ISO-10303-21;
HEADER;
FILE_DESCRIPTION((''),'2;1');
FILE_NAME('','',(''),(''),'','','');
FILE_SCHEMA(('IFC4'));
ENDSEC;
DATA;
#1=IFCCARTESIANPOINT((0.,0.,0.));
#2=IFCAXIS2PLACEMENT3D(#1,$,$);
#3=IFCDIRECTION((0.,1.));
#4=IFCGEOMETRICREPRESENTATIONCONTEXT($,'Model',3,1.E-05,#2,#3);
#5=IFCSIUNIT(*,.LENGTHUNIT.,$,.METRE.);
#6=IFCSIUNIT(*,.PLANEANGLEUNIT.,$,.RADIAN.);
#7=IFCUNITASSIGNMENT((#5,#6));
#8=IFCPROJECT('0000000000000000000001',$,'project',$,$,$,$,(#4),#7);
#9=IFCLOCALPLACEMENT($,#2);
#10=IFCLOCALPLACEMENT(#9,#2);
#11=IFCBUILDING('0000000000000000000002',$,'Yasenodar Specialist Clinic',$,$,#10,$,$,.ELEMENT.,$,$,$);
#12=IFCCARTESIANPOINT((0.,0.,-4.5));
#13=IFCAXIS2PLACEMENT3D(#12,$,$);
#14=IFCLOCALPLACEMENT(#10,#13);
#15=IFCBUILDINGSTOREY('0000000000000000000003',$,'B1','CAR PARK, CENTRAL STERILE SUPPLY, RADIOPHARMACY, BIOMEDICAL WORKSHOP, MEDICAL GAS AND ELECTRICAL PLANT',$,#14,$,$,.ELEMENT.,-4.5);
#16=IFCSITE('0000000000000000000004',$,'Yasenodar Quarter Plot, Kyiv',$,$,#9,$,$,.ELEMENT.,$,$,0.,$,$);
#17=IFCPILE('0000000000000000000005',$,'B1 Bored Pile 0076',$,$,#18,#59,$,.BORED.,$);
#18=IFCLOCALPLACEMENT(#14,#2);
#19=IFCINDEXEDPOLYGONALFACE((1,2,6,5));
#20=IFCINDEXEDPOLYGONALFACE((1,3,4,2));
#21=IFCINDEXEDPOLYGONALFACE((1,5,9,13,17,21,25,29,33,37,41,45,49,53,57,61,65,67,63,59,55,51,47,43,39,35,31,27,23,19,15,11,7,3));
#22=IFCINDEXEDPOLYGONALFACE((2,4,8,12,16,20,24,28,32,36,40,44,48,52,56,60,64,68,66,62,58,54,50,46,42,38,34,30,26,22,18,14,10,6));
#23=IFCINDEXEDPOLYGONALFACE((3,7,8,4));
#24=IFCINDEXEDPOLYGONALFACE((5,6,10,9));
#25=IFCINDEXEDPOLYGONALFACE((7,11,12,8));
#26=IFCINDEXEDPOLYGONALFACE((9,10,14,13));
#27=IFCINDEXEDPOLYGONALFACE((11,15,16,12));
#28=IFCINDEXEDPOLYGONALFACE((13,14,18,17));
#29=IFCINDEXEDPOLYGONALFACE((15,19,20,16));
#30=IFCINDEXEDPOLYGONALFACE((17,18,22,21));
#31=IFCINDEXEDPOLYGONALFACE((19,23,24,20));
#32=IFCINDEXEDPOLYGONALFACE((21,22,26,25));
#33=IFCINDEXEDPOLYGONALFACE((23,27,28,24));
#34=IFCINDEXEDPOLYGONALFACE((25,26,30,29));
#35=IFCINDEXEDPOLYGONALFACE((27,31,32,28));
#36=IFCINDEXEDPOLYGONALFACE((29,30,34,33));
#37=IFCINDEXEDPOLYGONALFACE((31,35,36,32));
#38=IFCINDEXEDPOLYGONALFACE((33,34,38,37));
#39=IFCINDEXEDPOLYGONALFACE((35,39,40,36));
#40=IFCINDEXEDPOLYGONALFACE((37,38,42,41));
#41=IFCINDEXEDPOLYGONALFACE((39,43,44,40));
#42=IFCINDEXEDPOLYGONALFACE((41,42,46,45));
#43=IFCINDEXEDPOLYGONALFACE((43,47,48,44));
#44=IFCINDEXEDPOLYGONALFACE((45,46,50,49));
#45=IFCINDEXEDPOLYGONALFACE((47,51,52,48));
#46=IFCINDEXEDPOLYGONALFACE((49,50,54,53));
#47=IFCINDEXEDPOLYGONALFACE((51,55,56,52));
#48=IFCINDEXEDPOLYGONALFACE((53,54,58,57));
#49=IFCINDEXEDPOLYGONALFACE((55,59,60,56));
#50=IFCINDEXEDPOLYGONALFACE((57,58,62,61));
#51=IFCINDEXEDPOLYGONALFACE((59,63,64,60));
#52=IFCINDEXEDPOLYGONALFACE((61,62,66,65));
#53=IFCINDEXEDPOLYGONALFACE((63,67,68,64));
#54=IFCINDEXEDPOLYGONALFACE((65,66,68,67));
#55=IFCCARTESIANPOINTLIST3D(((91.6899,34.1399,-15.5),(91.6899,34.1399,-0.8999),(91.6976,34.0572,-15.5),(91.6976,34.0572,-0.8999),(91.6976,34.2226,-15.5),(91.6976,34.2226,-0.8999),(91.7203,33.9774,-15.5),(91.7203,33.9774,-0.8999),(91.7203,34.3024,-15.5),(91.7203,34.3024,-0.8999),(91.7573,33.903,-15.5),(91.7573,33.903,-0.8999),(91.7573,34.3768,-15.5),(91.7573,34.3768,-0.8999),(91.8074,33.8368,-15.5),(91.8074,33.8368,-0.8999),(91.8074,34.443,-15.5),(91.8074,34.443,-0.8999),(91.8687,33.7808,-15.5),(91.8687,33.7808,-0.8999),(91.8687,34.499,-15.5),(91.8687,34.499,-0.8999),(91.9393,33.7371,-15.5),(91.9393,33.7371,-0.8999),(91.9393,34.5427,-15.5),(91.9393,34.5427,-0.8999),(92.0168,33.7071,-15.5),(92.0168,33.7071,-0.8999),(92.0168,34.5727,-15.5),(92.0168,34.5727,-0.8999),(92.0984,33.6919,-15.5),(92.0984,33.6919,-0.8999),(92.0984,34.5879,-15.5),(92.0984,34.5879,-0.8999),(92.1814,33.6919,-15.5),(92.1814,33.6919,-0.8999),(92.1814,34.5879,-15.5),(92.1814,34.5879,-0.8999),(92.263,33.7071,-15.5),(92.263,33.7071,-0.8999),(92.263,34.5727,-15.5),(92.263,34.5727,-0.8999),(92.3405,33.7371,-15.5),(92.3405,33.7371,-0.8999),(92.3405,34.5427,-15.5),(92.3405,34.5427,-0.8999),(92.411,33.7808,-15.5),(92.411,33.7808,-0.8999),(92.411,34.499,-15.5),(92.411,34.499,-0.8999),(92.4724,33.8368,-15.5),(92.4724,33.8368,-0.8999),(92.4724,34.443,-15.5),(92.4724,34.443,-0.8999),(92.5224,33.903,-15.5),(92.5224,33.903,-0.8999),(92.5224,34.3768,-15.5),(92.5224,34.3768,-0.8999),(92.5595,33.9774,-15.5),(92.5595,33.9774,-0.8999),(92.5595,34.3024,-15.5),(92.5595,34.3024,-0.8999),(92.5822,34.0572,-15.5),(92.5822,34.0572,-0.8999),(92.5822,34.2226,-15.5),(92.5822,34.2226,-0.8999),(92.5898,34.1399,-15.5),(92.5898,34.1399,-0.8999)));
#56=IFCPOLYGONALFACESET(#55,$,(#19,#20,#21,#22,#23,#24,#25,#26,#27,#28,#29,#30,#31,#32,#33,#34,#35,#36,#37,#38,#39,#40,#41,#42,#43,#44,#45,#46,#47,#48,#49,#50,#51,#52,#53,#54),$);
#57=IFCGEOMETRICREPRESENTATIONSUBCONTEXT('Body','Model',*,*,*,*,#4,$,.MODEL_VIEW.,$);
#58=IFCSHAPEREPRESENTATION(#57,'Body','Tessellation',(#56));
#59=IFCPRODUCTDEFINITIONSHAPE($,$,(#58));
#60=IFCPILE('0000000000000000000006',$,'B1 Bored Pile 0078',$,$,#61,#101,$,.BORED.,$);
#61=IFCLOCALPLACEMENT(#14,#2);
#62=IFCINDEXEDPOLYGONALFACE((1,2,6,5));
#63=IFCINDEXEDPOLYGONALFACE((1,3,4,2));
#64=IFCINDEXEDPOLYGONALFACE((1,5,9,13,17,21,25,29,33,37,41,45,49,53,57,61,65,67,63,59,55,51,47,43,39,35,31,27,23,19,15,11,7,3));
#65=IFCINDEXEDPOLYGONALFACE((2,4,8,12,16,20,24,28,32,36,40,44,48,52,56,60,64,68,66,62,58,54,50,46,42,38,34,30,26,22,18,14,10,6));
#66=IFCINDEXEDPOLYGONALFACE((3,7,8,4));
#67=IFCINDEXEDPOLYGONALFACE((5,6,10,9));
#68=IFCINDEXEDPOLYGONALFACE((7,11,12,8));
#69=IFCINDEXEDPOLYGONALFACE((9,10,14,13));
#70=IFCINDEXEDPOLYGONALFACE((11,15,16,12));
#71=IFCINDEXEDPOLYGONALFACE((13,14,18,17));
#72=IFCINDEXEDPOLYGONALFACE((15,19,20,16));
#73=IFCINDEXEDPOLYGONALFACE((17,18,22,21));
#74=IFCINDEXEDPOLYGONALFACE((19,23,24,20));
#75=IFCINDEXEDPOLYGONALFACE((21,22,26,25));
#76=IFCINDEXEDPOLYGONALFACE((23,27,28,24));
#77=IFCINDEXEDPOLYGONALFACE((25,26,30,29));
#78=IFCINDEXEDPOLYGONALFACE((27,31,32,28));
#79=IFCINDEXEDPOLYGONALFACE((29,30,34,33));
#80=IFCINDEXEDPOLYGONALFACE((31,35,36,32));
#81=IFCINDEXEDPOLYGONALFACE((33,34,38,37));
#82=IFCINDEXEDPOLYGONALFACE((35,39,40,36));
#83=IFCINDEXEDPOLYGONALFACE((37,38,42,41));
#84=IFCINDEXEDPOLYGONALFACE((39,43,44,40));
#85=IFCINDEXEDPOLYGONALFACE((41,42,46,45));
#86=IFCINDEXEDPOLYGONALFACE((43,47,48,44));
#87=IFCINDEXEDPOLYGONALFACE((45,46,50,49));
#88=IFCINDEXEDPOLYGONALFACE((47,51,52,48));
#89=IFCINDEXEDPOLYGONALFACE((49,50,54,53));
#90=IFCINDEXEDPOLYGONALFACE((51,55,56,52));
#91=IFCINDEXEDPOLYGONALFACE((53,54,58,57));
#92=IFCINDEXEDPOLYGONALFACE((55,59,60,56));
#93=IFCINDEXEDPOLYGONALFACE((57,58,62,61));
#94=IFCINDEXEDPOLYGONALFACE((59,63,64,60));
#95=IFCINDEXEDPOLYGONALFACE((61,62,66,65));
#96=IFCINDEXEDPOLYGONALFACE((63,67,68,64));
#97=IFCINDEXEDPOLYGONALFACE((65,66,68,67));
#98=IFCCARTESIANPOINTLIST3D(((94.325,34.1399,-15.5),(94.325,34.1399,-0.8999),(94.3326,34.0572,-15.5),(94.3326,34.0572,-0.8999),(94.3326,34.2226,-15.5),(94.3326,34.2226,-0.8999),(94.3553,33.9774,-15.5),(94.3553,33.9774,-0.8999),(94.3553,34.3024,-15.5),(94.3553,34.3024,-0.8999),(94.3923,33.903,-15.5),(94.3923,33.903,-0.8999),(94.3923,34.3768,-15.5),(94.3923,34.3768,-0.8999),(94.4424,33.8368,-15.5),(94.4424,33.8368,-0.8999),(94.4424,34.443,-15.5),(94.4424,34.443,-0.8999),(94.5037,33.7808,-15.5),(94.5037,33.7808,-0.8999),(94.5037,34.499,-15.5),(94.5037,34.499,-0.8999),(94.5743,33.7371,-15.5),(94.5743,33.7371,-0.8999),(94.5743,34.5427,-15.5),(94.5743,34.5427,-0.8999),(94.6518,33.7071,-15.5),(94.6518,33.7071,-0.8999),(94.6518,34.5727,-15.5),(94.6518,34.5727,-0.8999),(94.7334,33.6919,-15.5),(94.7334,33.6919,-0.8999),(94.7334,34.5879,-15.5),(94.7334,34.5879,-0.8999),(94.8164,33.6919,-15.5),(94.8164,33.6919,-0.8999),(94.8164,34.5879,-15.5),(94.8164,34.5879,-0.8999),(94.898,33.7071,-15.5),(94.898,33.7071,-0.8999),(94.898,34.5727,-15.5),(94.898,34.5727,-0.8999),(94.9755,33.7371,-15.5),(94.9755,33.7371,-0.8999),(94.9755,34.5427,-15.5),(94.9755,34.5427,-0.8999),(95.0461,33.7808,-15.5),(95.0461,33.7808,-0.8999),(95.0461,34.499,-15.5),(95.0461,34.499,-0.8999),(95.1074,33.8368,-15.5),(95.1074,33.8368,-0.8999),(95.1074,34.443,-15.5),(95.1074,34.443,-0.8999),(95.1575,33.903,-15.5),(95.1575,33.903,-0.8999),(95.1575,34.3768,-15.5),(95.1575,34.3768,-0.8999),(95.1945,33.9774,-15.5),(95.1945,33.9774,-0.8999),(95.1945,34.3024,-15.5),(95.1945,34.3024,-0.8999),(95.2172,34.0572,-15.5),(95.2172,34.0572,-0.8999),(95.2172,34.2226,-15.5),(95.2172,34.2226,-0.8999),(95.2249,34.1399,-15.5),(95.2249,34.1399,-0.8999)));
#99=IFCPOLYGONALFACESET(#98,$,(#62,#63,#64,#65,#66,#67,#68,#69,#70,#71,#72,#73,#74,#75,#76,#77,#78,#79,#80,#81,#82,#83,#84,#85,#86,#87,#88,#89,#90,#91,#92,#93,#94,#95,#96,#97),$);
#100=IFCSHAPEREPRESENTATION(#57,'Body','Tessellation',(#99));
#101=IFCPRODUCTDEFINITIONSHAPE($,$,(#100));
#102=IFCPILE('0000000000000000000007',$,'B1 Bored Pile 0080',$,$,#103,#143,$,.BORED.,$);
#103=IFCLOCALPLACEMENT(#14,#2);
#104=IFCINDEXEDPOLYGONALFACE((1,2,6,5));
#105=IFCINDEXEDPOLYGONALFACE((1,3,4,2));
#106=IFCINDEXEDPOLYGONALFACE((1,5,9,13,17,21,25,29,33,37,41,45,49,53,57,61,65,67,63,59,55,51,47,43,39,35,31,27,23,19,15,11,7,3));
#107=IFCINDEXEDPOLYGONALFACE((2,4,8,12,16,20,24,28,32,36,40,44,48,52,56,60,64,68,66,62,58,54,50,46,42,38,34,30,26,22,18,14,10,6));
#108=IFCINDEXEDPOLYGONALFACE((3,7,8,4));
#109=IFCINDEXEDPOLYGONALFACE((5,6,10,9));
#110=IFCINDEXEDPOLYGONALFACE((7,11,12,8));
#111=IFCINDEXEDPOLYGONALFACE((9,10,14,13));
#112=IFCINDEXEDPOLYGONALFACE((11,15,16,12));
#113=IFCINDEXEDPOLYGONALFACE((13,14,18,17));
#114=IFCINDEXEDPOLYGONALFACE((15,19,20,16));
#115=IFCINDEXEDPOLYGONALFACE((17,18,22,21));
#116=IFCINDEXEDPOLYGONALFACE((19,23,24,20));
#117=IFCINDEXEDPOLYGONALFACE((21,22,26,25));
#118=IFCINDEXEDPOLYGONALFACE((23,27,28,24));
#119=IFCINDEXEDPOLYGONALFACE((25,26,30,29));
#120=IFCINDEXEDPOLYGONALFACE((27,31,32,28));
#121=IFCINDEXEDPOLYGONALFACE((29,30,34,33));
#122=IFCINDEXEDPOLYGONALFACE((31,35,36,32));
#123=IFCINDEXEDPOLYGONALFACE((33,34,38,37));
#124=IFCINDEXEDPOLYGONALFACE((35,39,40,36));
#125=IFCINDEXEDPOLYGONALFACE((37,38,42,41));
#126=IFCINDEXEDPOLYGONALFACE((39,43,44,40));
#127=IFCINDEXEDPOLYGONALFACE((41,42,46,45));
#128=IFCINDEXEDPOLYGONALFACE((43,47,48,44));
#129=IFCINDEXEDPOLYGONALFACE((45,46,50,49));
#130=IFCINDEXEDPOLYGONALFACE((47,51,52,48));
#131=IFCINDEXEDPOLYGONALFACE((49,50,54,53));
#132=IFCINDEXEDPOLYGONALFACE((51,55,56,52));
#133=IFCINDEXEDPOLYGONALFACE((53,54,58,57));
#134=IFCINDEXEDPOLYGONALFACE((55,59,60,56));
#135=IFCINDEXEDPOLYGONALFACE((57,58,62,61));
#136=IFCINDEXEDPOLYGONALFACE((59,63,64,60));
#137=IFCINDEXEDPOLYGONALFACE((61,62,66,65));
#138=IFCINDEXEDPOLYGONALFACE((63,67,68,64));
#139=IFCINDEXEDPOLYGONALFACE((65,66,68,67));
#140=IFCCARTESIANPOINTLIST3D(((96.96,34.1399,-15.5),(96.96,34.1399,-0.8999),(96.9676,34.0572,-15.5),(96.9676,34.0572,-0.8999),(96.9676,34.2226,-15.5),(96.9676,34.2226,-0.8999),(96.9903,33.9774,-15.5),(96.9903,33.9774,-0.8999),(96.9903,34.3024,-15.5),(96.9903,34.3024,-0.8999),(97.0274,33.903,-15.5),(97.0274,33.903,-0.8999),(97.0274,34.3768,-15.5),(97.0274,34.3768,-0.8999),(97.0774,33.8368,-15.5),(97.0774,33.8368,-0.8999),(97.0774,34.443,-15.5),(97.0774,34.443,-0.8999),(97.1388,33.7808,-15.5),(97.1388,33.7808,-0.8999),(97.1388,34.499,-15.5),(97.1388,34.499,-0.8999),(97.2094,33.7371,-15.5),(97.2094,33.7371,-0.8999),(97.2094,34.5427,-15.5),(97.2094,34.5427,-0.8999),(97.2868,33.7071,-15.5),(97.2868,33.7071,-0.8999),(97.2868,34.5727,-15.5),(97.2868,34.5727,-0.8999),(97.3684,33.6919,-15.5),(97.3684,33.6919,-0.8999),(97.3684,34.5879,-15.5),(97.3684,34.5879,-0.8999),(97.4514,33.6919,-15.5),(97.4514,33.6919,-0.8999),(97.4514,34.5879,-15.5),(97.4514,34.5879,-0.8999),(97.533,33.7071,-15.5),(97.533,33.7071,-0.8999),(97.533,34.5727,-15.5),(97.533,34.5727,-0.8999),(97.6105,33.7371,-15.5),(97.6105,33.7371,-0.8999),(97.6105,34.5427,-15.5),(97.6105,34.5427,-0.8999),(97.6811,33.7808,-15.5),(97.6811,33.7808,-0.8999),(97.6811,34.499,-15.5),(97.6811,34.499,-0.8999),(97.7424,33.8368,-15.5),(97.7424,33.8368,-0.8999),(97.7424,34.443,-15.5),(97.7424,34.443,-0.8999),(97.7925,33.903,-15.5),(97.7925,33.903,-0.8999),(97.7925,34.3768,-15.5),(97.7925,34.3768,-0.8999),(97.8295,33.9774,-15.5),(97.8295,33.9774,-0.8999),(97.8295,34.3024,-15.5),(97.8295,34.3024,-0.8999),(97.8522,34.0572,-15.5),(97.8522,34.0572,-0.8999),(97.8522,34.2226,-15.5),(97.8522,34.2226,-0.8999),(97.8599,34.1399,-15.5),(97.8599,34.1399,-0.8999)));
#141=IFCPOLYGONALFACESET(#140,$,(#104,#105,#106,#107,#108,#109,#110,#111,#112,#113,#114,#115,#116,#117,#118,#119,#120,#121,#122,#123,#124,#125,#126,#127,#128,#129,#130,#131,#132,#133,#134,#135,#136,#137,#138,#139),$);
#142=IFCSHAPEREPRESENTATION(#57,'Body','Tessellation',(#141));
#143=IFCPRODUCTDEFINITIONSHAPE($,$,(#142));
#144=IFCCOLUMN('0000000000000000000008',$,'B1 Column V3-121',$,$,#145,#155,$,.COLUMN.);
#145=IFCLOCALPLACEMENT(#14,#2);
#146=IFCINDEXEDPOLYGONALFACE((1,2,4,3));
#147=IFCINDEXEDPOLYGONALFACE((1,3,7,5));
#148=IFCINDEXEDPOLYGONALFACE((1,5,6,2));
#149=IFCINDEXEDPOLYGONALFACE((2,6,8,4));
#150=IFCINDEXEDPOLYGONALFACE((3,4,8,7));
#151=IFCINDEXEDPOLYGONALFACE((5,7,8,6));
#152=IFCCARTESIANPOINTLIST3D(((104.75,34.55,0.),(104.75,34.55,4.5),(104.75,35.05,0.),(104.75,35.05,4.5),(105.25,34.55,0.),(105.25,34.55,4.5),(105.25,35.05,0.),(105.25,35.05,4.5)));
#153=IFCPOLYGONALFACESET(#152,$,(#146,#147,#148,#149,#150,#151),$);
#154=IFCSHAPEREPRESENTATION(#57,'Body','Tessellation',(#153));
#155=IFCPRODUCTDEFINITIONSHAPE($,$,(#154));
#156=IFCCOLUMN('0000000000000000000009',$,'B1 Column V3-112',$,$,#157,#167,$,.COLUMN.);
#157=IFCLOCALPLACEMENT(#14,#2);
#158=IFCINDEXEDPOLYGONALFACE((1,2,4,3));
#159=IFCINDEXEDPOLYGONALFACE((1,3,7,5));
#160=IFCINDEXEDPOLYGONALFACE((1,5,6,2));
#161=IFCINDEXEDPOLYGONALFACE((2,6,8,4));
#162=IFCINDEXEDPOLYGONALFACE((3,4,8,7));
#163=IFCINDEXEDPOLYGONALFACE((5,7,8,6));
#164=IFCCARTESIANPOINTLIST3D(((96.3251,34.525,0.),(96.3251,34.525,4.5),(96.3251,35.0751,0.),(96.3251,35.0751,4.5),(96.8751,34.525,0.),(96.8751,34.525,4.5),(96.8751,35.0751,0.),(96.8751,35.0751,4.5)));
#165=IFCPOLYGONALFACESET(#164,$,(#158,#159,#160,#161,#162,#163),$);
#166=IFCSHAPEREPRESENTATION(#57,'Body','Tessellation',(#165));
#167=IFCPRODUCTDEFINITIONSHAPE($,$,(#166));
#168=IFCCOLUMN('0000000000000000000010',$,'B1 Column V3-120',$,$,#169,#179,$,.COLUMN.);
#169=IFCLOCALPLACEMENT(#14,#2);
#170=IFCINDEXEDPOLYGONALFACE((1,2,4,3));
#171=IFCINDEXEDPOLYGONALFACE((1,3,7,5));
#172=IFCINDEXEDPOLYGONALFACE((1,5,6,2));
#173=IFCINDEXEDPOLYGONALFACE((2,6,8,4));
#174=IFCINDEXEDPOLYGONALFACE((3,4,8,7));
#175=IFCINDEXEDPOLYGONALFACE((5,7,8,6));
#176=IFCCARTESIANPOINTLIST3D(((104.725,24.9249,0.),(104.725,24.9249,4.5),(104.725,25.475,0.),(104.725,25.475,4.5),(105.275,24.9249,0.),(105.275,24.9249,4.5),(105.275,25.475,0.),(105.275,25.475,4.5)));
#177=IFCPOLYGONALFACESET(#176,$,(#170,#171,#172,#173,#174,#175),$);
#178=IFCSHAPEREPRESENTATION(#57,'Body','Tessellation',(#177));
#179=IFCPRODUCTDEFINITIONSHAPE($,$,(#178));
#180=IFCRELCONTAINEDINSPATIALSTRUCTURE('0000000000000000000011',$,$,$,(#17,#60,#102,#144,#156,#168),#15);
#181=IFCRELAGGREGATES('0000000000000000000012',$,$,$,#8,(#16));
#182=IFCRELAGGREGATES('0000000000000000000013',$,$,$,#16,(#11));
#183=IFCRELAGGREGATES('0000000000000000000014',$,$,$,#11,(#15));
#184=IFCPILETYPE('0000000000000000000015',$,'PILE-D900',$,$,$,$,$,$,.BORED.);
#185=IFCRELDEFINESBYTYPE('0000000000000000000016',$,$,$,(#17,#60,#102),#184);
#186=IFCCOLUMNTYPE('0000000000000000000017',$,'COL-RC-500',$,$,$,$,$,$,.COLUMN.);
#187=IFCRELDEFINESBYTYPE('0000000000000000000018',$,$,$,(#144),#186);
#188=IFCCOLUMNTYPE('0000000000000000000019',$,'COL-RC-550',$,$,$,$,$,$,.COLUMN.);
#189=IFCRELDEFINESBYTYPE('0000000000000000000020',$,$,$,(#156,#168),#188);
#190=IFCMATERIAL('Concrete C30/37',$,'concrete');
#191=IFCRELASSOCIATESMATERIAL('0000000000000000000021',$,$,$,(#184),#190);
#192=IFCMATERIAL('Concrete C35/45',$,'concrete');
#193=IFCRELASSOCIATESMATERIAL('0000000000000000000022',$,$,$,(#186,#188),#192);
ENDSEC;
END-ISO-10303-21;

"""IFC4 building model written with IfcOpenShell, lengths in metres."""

from ifc_helpers import new_model, si_unit, direction, frame, origin, origin_2d, place, context, subcontext, project, spatial, rectangle, circle, extrude, material, material_profile, profile_set, type_object, element, save


model = new_model("IFC4")

# Units and contexts
model_context = context("Model", 3, precision=1e-05, world=origin(), true_north=direction((0.0, 1.0)))
body_context = subcontext(model_context, "Body", "Model", "MODEL_VIEW")
ifc_project = project(units=[si_unit("LENGTHUNIT", "METRE"), si_unit("PLANEANGLEUNIT", "RADIAN")], contexts=[model_context])

# Site, building, storey
site_placement = place(None, origin())
site = spatial("IfcSite", under=ifc_project, at=site_placement, Name="Yasenodar Quarter Plot, Kyiv", CompositionType="ELEMENT", RefElevation=0.0)
building_placement = place(site_placement, origin())
building = spatial("IfcBuilding", under=site, at=building_placement, Name="Yasenodar Specialist Clinic", CompositionType="ELEMENT")
storey_placement = place(building_placement, frame((0.0, 0.0, -4.5)))
storey = spatial("IfcBuildingStorey", under=building, at=storey_placement, Name="B1", Description="CAR PARK, CENTRAL STERILE SUPPLY, RADIOPHARMACY, BIOMEDICAL WORKSHOP, MEDICAL GAS AND ELECTRICAL PLANT", CompositionType="ELEMENT", Elevation=-4.5)

# Shared definitions
ifc_material_1 = material(Name="Concrete C35/45", Category="concrete")

# Piles
ifc_material_2 = material(Name="Concrete C30/37", Category="concrete")
ifc_material_profile_1 = material_profile(ifc_material_2, circle(Radius=0.45, at=origin_2d()), Name="PILE D900")
ifc_profile_set_1 = profile_set([ifc_material_profile_1], Name="Concrete C30/37")
pile_type_1 = type_object("IfcPileType", Name="PILE-D900", PredefinedType="BORED", material=ifc_profile_set_1)
for number, where, z_axis, x_axis, name in (
    (1, (92.1399, 34.1399, -0.8999), (0.0, 0.0, -1.0), (1.0, 0.0, 0.0), "B1 Bored Pile 0076"),
    (2, (94.7749, 34.1399, -0.8999), (0.0, 0.0, -1.0), (1.0, 0.0, 0.0), "B1 Bored Pile 0078"),
    (3, (97.4099, 34.1399, -0.8999), (0.0, 0.0, -1.0), (1.0, 0.0, 0.0), "B1 Bored Pile 0080"),
):
    element("IfcPile", number, at=place(storey_placement, frame(where, z_axis=z_axis, x_axis=x_axis)), inside=storey, type_object=pile_type_1, Name=name, PredefinedType="BORED", context=body_context, shape_type="SweptSolid", body=[
        extrude(circle(Radius=0.45, at=origin_2d()), origin(), (0.0, 0.0, 1.0), 14.6001),
    ])

# Columns
ifc_material_profile_2 = material_profile(ifc_material_1, rectangle(XDim=0.5, YDim=0.5, at=origin_2d()), Name="RC 500x500")
ifc_profile_set_2 = profile_set([ifc_material_profile_2], Name="Concrete C35/45")
column_type_1 = type_object("IfcColumnType", Name="COL-RC-500", PredefinedType="COLUMN", material=ifc_profile_set_2)
column_1_placement = place(storey_placement, frame((105.0, 34.8, 0.0), z_axis=(0.0, 0.0, 1.0), x_axis=(1.0, 0.0, 0.0)))
element("IfcColumn", 4, at=column_1_placement, inside=storey, type_object=column_type_1, Name="B1 Column V3-121", PredefinedType="COLUMN", context=body_context, shape_type="SweptSolid", body=[
    extrude(rectangle(XDim=0.5, YDim=0.5, at=origin_2d()), origin(), (0.0, 0.0, 1.0), 4.5),
])
ifc_material_profile_3 = material_profile(ifc_material_1, rectangle(XDim=0.55, YDim=0.55, at=origin_2d()), Name="RC 550x550")
ifc_profile_set_3 = profile_set([ifc_material_profile_3], Name="Concrete C35/45")
column_type_2 = type_object("IfcColumnType", Name="COL-RC-550", PredefinedType="COLUMN", material=ifc_profile_set_3)
for number, where, z_axis, x_axis, name in (
    (5, (96.6001, 34.8, 0.0), (0.0, 0.0, 1.0), (1.0, 0.0, 0.0), "B1 Column V3-112"),
    (6, (105.0, 25.2, 0.0), (0.0, 0.0, 1.0), (1.0, 0.0, 0.0), "B1 Column V3-120"),
):
    element("IfcColumn", number, at=place(storey_placement, frame(where, z_axis=z_axis, x_axis=x_axis)), inside=storey, type_object=column_type_2, Name=name, PredefinedType="COLUMN", context=body_context, shape_type="SweptSolid", body=[
        extrude(rectangle(XDim=0.55, YDim=0.55, at=origin_2d()), origin(), (0.0, 0.0, 1.0), 4.5),
    ])

save(model, "model.ifc")
